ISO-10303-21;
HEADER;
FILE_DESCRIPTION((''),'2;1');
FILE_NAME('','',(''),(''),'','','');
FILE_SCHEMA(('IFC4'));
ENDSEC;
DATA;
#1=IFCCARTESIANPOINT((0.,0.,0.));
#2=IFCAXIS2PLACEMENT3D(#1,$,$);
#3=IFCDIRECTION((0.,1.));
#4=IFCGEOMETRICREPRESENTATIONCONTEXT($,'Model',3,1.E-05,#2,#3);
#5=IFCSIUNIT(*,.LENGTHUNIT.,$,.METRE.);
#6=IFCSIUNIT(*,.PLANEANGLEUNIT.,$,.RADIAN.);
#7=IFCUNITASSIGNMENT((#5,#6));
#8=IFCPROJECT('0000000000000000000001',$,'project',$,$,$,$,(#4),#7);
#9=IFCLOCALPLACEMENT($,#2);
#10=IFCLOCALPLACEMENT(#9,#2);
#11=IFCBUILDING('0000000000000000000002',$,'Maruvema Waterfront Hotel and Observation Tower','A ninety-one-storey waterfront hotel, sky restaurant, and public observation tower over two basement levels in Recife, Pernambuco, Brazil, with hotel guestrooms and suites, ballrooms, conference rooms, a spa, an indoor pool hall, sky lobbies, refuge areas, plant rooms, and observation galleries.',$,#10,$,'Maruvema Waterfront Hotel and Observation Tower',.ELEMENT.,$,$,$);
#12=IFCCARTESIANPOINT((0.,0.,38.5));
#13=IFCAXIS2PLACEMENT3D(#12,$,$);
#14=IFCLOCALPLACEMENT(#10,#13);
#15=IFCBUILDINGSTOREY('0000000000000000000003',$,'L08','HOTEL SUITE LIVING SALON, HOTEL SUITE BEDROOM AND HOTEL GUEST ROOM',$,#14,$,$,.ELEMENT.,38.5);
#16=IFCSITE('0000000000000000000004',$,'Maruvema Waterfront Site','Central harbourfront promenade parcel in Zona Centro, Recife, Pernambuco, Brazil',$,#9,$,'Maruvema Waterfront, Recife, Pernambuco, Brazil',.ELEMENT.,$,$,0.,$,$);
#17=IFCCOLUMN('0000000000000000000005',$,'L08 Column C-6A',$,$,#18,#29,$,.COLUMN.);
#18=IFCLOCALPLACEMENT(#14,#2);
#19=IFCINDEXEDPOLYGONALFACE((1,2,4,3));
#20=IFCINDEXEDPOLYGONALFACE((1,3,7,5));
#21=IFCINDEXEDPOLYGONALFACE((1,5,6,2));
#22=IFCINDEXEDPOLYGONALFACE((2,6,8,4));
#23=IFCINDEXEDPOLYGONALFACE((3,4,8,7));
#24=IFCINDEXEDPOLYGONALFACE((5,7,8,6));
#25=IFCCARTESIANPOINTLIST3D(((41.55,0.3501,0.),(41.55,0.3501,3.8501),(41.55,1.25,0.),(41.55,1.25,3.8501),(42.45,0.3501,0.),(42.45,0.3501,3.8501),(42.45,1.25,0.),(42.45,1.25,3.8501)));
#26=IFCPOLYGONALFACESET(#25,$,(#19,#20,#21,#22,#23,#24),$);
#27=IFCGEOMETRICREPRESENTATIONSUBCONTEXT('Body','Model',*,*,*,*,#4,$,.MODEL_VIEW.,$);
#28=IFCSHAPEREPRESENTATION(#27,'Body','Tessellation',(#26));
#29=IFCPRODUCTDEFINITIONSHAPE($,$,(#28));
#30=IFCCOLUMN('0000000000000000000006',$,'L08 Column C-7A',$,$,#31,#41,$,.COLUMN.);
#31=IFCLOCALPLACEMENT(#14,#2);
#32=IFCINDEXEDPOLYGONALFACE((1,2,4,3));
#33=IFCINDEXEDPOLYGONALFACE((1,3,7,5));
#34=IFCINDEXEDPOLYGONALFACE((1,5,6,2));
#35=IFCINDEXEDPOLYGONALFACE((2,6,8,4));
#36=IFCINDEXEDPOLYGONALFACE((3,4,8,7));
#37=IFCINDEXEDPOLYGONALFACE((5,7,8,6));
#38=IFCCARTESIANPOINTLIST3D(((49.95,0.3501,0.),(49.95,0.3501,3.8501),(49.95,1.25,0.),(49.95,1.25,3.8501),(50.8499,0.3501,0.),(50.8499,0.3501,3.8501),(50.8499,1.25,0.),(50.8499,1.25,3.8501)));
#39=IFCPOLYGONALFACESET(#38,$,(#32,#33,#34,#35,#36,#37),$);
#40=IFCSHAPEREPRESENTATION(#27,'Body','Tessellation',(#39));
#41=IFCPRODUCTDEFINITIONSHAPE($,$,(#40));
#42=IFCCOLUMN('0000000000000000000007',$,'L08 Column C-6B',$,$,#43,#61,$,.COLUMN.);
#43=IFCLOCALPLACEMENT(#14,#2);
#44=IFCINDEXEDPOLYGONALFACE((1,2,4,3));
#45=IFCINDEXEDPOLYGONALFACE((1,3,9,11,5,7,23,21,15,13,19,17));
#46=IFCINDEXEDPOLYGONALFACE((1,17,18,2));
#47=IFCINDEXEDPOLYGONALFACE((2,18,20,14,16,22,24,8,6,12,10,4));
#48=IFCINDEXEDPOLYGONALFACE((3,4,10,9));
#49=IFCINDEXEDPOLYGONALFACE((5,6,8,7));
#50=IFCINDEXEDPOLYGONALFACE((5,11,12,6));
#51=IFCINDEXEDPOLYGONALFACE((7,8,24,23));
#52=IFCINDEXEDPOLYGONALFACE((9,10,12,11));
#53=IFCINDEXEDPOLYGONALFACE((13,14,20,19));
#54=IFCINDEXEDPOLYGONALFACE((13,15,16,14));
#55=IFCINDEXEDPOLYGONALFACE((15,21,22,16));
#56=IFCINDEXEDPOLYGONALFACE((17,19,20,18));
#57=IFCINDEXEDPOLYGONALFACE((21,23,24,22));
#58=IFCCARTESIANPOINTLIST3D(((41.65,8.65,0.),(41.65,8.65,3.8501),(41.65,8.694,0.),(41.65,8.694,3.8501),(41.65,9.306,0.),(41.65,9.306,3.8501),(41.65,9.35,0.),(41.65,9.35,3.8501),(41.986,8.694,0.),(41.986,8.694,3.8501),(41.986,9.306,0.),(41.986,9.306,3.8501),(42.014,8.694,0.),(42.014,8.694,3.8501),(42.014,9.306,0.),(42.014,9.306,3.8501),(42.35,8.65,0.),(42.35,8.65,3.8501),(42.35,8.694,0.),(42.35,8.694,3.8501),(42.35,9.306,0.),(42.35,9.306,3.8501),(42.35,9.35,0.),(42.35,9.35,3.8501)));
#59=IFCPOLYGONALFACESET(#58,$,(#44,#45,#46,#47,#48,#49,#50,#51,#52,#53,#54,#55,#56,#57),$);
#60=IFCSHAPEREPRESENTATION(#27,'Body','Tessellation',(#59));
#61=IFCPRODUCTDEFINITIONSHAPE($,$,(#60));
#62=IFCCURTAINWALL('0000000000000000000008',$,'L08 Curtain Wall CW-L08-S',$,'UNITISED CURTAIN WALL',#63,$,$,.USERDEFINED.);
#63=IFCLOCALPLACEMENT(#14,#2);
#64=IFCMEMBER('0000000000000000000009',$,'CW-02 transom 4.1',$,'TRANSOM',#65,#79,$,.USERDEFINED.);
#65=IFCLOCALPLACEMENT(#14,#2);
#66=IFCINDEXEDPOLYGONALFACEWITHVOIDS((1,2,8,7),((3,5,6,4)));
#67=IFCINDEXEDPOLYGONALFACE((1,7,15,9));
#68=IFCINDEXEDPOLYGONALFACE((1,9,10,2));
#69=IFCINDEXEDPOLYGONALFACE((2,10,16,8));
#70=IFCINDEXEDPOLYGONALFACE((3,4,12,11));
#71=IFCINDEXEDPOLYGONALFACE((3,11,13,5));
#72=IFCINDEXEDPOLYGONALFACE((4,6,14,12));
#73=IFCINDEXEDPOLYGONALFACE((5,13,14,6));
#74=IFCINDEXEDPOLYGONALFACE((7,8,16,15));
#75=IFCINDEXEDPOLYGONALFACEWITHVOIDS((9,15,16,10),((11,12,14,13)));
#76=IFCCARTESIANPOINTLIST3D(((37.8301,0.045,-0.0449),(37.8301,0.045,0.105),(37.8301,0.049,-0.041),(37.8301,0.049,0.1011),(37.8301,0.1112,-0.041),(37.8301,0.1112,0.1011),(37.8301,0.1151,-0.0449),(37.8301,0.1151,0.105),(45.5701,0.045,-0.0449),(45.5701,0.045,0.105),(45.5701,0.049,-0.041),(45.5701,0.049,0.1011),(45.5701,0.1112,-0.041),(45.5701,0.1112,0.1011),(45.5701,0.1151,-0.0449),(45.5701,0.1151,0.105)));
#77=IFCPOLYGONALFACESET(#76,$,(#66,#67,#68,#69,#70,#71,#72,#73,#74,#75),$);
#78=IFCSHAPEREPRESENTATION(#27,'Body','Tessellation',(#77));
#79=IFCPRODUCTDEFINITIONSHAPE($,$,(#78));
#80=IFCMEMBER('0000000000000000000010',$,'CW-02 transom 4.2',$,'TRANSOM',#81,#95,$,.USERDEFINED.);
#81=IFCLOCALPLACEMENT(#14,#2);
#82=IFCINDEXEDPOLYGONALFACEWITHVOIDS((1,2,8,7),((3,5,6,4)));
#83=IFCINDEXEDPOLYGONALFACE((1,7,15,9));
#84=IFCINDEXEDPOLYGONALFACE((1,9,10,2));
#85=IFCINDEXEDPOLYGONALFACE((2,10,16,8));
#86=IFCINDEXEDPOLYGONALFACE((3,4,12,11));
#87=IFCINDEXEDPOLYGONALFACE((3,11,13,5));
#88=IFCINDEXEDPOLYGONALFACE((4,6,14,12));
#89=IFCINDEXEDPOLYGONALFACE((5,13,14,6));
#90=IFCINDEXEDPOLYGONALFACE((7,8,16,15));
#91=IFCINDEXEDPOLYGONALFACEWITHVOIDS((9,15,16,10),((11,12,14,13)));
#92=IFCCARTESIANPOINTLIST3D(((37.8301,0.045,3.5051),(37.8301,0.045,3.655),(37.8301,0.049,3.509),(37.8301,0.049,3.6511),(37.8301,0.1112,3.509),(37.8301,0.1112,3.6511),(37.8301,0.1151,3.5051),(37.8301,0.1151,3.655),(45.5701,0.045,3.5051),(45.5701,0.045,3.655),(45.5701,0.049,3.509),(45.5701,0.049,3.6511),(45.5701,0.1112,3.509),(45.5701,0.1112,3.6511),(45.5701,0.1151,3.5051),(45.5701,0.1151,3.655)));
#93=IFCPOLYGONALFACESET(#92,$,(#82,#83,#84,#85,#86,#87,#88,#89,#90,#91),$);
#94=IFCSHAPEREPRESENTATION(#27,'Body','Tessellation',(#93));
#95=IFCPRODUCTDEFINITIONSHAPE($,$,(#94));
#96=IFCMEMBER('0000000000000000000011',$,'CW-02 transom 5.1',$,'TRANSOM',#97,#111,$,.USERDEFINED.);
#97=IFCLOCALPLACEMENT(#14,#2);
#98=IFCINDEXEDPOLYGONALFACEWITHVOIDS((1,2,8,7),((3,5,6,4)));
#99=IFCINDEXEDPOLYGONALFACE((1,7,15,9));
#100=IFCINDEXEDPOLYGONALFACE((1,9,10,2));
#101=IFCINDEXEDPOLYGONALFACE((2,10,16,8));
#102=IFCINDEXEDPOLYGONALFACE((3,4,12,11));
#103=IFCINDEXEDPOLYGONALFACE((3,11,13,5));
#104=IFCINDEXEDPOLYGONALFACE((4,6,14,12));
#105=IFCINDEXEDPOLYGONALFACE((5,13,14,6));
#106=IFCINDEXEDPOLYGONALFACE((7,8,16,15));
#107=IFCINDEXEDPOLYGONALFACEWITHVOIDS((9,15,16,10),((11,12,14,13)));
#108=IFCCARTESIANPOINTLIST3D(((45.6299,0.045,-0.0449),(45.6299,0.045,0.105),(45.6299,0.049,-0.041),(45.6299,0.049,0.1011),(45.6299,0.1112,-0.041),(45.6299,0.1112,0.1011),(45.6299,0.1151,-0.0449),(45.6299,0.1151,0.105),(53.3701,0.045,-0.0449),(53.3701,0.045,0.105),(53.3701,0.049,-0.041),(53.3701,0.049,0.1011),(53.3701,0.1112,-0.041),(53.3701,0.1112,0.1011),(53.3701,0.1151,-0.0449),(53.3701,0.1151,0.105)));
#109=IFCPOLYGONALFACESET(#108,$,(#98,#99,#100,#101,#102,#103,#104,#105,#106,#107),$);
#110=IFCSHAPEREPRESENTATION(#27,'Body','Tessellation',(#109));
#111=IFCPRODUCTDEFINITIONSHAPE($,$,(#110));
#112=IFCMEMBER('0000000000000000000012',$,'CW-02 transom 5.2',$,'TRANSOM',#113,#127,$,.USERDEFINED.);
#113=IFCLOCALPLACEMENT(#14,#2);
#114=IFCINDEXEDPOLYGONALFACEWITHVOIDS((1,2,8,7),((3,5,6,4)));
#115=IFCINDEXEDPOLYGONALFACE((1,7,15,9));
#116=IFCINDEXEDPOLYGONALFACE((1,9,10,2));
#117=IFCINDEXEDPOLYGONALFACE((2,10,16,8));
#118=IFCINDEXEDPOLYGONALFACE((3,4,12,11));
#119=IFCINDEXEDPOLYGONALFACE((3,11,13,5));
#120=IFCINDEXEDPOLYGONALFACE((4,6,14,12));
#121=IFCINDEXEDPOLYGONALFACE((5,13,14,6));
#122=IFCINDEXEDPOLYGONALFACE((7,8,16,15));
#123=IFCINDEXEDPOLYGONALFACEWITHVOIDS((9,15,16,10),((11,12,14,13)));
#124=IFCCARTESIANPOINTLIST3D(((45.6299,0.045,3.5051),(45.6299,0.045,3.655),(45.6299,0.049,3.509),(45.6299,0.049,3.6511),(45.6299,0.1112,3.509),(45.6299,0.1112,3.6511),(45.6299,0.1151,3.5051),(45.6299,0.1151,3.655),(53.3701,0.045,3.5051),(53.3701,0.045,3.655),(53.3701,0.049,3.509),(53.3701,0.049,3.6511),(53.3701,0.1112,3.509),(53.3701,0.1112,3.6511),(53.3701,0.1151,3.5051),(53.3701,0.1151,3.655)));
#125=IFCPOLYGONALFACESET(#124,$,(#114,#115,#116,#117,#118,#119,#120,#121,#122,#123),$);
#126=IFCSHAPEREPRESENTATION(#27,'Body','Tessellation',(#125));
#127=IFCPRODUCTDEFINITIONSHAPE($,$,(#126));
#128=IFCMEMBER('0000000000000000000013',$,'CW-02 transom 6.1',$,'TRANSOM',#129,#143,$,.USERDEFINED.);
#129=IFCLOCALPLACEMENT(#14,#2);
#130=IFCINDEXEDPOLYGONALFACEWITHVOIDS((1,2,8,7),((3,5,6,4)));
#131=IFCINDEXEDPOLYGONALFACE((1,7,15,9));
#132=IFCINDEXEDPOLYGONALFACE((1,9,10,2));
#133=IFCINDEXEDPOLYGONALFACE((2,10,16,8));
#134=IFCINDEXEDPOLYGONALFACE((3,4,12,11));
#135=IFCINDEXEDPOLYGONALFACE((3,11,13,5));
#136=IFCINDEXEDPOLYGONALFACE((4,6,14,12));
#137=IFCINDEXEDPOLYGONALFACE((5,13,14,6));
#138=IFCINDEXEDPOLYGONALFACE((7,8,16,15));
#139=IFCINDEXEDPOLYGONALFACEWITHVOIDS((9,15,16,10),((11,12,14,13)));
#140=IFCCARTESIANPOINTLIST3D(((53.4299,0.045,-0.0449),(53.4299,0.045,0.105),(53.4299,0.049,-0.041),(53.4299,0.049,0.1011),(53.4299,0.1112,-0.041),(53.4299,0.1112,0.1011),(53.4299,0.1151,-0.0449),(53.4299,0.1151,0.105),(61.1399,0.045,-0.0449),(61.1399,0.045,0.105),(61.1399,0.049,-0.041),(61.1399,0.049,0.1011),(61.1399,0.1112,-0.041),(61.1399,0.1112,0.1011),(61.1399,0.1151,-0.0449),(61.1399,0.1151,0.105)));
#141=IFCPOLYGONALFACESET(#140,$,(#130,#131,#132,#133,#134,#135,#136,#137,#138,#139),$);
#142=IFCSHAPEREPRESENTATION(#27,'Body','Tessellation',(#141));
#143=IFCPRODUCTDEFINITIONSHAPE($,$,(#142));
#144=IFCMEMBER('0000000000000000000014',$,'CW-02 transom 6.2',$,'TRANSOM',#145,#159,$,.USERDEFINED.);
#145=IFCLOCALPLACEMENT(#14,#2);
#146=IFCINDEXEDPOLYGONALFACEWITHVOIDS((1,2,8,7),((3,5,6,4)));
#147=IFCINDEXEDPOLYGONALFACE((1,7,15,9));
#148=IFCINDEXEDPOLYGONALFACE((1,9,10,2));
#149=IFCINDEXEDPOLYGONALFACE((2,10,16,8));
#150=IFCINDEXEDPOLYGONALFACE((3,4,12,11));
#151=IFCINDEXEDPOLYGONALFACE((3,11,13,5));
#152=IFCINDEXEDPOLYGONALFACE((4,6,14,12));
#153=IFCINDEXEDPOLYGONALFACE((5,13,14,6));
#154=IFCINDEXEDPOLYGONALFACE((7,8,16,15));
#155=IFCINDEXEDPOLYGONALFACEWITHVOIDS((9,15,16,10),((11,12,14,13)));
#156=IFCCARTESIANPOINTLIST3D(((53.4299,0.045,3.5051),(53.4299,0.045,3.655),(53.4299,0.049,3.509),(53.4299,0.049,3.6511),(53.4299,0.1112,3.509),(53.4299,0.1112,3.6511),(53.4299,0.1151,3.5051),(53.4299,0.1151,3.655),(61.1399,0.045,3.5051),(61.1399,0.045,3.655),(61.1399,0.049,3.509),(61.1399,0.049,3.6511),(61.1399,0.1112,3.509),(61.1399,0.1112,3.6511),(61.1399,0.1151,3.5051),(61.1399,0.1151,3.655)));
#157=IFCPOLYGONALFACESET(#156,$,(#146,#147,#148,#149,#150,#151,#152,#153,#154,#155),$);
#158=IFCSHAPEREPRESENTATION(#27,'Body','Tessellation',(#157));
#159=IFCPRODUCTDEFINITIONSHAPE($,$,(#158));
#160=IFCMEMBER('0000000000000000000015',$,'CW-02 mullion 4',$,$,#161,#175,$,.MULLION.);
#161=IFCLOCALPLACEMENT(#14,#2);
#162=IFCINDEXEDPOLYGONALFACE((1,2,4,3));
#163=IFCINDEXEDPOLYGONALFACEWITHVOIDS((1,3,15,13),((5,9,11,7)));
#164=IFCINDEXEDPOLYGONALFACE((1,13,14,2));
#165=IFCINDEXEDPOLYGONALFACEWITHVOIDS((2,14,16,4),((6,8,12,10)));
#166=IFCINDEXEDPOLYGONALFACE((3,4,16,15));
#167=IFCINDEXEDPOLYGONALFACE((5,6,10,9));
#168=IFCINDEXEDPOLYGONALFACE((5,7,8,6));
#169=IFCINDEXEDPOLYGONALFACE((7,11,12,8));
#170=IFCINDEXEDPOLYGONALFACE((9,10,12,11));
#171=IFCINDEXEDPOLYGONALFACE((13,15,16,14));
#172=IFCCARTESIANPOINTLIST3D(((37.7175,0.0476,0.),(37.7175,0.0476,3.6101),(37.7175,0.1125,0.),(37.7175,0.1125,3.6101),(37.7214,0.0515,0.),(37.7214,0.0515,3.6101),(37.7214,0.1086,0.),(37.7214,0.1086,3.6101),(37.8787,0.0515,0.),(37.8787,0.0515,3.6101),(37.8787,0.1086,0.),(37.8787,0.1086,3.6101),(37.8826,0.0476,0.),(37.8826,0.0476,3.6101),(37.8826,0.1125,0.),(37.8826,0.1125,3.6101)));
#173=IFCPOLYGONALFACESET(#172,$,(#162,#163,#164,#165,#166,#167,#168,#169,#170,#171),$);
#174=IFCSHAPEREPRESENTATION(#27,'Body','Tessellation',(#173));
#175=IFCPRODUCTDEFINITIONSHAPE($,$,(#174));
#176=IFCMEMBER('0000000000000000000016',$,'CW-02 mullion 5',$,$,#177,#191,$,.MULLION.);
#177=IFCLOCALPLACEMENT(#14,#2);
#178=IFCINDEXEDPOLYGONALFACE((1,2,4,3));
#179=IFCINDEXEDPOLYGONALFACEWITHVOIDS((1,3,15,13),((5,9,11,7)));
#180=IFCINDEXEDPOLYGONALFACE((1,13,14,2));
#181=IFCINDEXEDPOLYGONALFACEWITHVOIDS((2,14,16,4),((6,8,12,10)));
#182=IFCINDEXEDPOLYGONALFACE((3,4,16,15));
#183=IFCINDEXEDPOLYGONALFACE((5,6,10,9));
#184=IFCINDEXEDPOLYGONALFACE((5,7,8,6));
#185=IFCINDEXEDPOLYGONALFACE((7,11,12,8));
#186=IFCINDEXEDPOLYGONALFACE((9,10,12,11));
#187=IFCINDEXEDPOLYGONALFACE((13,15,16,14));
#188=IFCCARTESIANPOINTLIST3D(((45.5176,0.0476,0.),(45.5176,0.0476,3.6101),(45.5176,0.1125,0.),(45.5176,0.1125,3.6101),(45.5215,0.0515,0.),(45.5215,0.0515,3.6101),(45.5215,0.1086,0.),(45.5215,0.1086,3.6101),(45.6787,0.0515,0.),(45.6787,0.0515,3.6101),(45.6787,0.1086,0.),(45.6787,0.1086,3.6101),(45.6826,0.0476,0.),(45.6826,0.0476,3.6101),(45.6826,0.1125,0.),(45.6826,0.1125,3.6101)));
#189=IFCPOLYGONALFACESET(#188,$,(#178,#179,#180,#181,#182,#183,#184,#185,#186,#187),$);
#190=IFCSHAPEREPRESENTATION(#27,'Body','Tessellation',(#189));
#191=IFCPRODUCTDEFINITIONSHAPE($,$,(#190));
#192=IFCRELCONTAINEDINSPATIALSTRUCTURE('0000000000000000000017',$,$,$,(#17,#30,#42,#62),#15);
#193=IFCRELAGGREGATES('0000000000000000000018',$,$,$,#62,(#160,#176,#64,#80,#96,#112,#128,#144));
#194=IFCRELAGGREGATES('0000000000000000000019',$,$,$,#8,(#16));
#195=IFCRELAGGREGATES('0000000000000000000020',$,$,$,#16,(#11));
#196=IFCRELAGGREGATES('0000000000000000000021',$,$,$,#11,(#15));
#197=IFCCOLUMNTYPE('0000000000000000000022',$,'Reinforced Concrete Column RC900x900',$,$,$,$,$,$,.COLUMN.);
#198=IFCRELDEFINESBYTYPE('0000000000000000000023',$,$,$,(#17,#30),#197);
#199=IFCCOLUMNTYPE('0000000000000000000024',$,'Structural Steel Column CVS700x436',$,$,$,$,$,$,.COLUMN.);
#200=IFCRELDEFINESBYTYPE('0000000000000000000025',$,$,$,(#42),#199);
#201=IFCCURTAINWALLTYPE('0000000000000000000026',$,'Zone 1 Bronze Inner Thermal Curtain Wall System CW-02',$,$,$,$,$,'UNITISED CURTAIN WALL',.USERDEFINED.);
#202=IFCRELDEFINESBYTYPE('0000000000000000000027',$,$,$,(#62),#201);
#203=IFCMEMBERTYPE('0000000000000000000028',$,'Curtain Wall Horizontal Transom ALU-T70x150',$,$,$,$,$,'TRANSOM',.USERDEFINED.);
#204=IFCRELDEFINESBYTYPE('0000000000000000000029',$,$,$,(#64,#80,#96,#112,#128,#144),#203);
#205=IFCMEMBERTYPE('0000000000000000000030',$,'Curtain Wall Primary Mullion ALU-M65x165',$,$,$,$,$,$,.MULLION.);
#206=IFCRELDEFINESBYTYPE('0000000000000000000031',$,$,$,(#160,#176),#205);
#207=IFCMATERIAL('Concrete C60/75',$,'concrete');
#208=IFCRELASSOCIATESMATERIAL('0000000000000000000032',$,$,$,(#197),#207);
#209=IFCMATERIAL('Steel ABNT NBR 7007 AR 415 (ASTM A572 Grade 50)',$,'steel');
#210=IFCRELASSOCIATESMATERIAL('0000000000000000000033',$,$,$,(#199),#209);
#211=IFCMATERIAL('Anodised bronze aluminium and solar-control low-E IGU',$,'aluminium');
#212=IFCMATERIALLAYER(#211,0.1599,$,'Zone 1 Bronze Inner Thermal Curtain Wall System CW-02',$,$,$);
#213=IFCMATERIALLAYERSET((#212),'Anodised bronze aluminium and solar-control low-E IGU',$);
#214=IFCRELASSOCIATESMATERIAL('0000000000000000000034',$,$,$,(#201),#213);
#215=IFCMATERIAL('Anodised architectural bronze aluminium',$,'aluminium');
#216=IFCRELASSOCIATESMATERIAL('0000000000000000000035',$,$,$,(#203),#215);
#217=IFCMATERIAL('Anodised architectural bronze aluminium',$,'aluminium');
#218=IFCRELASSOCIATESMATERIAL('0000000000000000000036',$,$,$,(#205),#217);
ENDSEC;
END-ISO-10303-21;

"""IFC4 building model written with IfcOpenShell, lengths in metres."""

from ifc_helpers import new_model, si_unit, direction, frame, origin, origin_2d, place, context, subcontext, project, spatial, rectangle, hollow_rectangle, i_section, extrude, material, layer, layer_set, material_profile, profile_set, type_object, element, aggregate, save


model = new_model("IFC4")

# Units and contexts
model_context = context("Model", 3, precision=1e-05, world=origin(), true_north=direction((0.0, 1.0)))
body_context = subcontext(model_context, "Body", "Model", "MODEL_VIEW")
ifc_project = project(units=[si_unit("LENGTHUNIT", "METRE"), si_unit("PLANEANGLEUNIT", "RADIAN")], contexts=[model_context])

# Site, building, storey
site_placement = place(None, origin())
site = spatial("IfcSite", under=ifc_project, at=site_placement, Name="Maruvema Waterfront Site", Description="Central harbourfront promenade parcel in Zona Centro, Recife, Pernambuco, Brazil", LongName="Maruvema Waterfront, Recife, Pernambuco, Brazil", CompositionType="ELEMENT", RefElevation=0.0)
building_placement = place(site_placement, origin())
building = spatial("IfcBuilding", under=site, at=building_placement, Name="Maruvema Waterfront Hotel and Observation Tower", Description="A ninety-one-storey waterfront hotel, sky restaurant, and public observation tower over two basement levels in Recife, Pernambuco, Brazil, with hotel guestrooms and suites, ballrooms, conference rooms, a spa, an indoor pool hall, sky lobbies, refuge areas, plant rooms, and observation galleries.", LongName="Maruvema Waterfront Hotel and Observation Tower", CompositionType="ELEMENT")
storey_placement = place(building_placement, frame((0.0, 0.0, 38.5)))
storey = spatial("IfcBuildingStorey", under=building, at=storey_placement, Name="L08", Description="HOTEL SUITE LIVING SALON, HOTEL SUITE BEDROOM AND HOTEL GUEST ROOM", CompositionType="ELEMENT", Elevation=38.5)

# Columns
ifc_material_1 = material(Name="Concrete C60/75", Category="concrete")
ifc_material_profile_1 = material_profile(ifc_material_1, rectangle(XDim=0.8999, YDim=0.8999, at=origin_2d()), Name="RC900x900")
ifc_profile_set_1 = profile_set([ifc_material_profile_1], Name="Concrete C60/75")
column_type_1 = type_object("IfcColumnType", Name="Reinforced Concrete Column RC900x900", PredefinedType="COLUMN", material=ifc_profile_set_1)
for number, where, z_axis, x_axis, name in (
    (1, (42.0, 0.8, 0.0), (0.0, 0.0, 1.0), (1.0, 0.0, 0.0), "L08 Column C-6A"),
    (2, (50.3999, 0.8, 0.0), (0.0, 0.0, 1.0), (1.0, 0.0, 0.0), "L08 Column C-7A"),
):
    element("IfcColumn", number, at=place(storey_placement, frame(where, z_axis=z_axis, x_axis=x_axis)), inside=storey, type_object=column_type_1, Name=name, PredefinedType="COLUMN", context=body_context, shape_type="SweptSolid", body=[
        extrude(rectangle(XDim=0.8999, YDim=0.8999, at=origin_2d()), origin(), (0.0, 0.0, 1.0), 3.8501),
    ])
ifc_material_2 = material(Name="Steel ABNT NBR 7007 AR 415 (ASTM A572 Grade 50)", Category="steel")
ifc_material_profile_2 = material_profile(ifc_material_2, i_section(OverallWidth=0.7, OverallDepth=0.7, WebThickness=0.0281, FlangeThickness=0.0439, at=origin_2d()), Name="CVS700x436")
ifc_profile_set_2 = profile_set([ifc_material_profile_2], Name="Steel ABNT NBR 7007 AR 415 (ASTM A572 Grade 50)")
column_type_2 = type_object("IfcColumnType", Name="Structural Steel Column CVS700x436", PredefinedType="COLUMN", material=ifc_profile_set_2)
column_placement = place(storey_placement, frame((42.0, 9.0, 0.0), z_axis=(0.0, 0.0, 1.0), x_axis=(1.0, 0.0, 0.0)))
element("IfcColumn", 3, at=column_placement, inside=storey, type_object=column_type_2, Name="L08 Column C-6B", PredefinedType="COLUMN", context=body_context, shape_type="SweptSolid", body=[
    extrude(i_section(OverallWidth=0.7, OverallDepth=0.7, WebThickness=0.0281, FlangeThickness=0.0439, at=origin_2d()), origin(), (0.0, 0.0, 1.0), 3.8501),
])

# Curtain wall, members
ifc_material_3 = material(Name="Anodised bronze aluminium and solar-control low-E IGU", Category="aluminium")
ifc_layer_1 = layer(ifc_material_3, 0.1599, Name="Zone 1 Bronze Inner Thermal Curtain Wall System CW-02")
ifc_layer_set_1 = layer_set([ifc_layer_1], Name="Anodised bronze aluminium and solar-control low-E IGU")
curtain_wall_type = type_object("IfcCurtainWallType", Name="Zone 1 Bronze Inner Thermal Curtain Wall System CW-02", ElementType="UNITISED CURTAIN WALL", PredefinedType="USERDEFINED", material=ifc_layer_set_1)
curtain_wall_placement = place(storey_placement, origin())
curtain_wall = element("IfcCurtainWall", 4, at=curtain_wall_placement, inside=storey, type_object=curtain_wall_type, Name="L08 Curtain Wall CW-L08-S", ObjectType="UNITISED CURTAIN WALL", PredefinedType="USERDEFINED")
ifc_material_4 = material(Name="Anodised architectural bronze aluminium", Category="aluminium")
ifc_material_profile_3 = material_profile(ifc_material_4, hollow_rectangle(XDim=0.0701, YDim=0.1499, WallThickness=0.0039, at=origin_2d()), Name="ALU-T70x150")
ifc_profile_set_3 = profile_set([ifc_material_profile_3], Name="Anodised architectural bronze aluminium")
member_type_1 = type_object("IfcMemberType", Name="Curtain Wall Horizontal Transom ALU-T70x150", ElementType="TRANSOM", PredefinedType="USERDEFINED", material=ifc_profile_set_3)
member_1_placement = place(storey_placement, frame((37.8301, 0.0801, 0.03), z_axis=(1.0, 0.0, 0.0), x_axis=(0.0, 1.0, 0.0)))
member_1 = element("IfcMember", 5, at=member_1_placement, type_object=member_type_1, Name="CW-02 transom 4.1", ObjectType="TRANSOM", PredefinedType="USERDEFINED", context=body_context, shape_type="SweptSolid", body=[
    extrude(hollow_rectangle(XDim=0.0701, YDim=0.1499, WallThickness=0.0039, at=origin_2d()), origin(), (0.0, 0.0, 1.0), 7.74),
])
member_2_placement = place(storey_placement, frame((37.8301, 0.0801, 3.5801), z_axis=(1.0, 0.0, 0.0), x_axis=(0.0, 1.0, 0.0)))
member_2 = element("IfcMember", 6, at=member_2_placement, type_object=member_type_1, Name="CW-02 transom 4.2", ObjectType="TRANSOM", PredefinedType="USERDEFINED", context=body_context, shape_type="SweptSolid", body=[
    extrude(hollow_rectangle(XDim=0.0701, YDim=0.1499, WallThickness=0.0039, at=origin_2d()), origin(), (0.0, 0.0, 1.0), 7.74),
])
member_3_placement = place(storey_placement, frame((45.6299, 0.0801, 0.03), z_axis=(1.0, 0.0, 0.0), x_axis=(0.0, 1.0, 0.0)))
member_3 = element("IfcMember", 7, at=member_3_placement, type_object=member_type_1, Name="CW-02 transom 5.1", ObjectType="TRANSOM", PredefinedType="USERDEFINED", context=body_context, shape_type="SweptSolid", body=[
    extrude(hollow_rectangle(XDim=0.0701, YDim=0.1499, WallThickness=0.0039, at=origin_2d()), origin(), (0.0, 0.0, 1.0), 7.7402),
])
member_4_placement = place(storey_placement, frame((45.6299, 0.0801, 3.5801), z_axis=(1.0, 0.0, 0.0), x_axis=(0.0, 1.0, 0.0)))
member_4 = element("IfcMember", 8, at=member_4_placement, type_object=member_type_1, Name="CW-02 transom 5.2", ObjectType="TRANSOM", PredefinedType="USERDEFINED", context=body_context, shape_type="SweptSolid", body=[
    extrude(hollow_rectangle(XDim=0.0701, YDim=0.1499, WallThickness=0.0039, at=origin_2d()), origin(), (0.0, 0.0, 1.0), 7.7402),
])
member_5_placement = place(storey_placement, frame((53.4299, 0.0801, 0.03), z_axis=(1.0, 0.0, 0.0), x_axis=(0.0, 1.0, 0.0)))
member_5 = element("IfcMember", 9, at=member_5_placement, type_object=member_type_1, Name="CW-02 transom 6.1", ObjectType="TRANSOM", PredefinedType="USERDEFINED", context=body_context, shape_type="SweptSolid", body=[
    extrude(hollow_rectangle(XDim=0.0701, YDim=0.1499, WallThickness=0.0039, at=origin_2d()), origin(), (0.0, 0.0, 1.0), 7.71),
])
member_6_placement = place(storey_placement, frame((53.4299, 0.0801, 3.5801), z_axis=(1.0, 0.0, 0.0), x_axis=(0.0, 1.0, 0.0)))
member_6 = element("IfcMember", 10, at=member_6_placement, type_object=member_type_1, Name="CW-02 transom 6.2", ObjectType="TRANSOM", PredefinedType="USERDEFINED", context=body_context, shape_type="SweptSolid", body=[
    extrude(hollow_rectangle(XDim=0.0701, YDim=0.1499, WallThickness=0.0039, at=origin_2d()), origin(), (0.0, 0.0, 1.0), 7.71),
])
ifc_material_5 = material(Name="Anodised architectural bronze aluminium", Category="aluminium")
ifc_material_profile_4 = material_profile(ifc_material_5, hollow_rectangle(XDim=0.0649, YDim=0.165, WallThickness=0.0039, at=origin_2d()), Name="ALU-M65x165")
ifc_profile_set_4 = profile_set([ifc_material_profile_4], Name="Anodised architectural bronze aluminium")
member_type_2 = type_object("IfcMemberType", Name="Curtain Wall Primary Mullion ALU-M65x165", PredefinedType="MULLION", material=ifc_profile_set_4)
member_7_placement = place(storey_placement, frame((37.8, 0.0801, 0.0), z_axis=(0.0, 0.0, 1.0), x_axis=(0.0, 1.0, 0.0)))
member_7 = element("IfcMember", 11, at=member_7_placement, type_object=member_type_2, Name="CW-02 mullion 4", PredefinedType="MULLION", context=body_context, shape_type="SweptSolid", body=[
    extrude(hollow_rectangle(XDim=0.0649, YDim=0.165, WallThickness=0.0039, at=origin_2d()), origin(), (0.0, 0.0, 1.0), 3.6101),
])
member_8_placement = place(storey_placement, frame((45.6001, 0.0801, 0.0), z_axis=(0.0, 0.0, 1.0), x_axis=(0.0, 1.0, 0.0)))
member_8 = element("IfcMember", 12, at=member_8_placement, type_object=member_type_2, Name="CW-02 mullion 5", PredefinedType="MULLION", context=body_context, shape_type="SweptSolid", body=[
    extrude(hollow_rectangle(XDim=0.0649, YDim=0.165, WallThickness=0.0039, at=origin_2d()), origin(), (0.0, 0.0, 1.0), 3.6101),
])

aggregate(curtain_wall, [member_7, member_8, member_1, member_2, member_3, member_4, member_5, member_6])

save(model, "model.ifc")
